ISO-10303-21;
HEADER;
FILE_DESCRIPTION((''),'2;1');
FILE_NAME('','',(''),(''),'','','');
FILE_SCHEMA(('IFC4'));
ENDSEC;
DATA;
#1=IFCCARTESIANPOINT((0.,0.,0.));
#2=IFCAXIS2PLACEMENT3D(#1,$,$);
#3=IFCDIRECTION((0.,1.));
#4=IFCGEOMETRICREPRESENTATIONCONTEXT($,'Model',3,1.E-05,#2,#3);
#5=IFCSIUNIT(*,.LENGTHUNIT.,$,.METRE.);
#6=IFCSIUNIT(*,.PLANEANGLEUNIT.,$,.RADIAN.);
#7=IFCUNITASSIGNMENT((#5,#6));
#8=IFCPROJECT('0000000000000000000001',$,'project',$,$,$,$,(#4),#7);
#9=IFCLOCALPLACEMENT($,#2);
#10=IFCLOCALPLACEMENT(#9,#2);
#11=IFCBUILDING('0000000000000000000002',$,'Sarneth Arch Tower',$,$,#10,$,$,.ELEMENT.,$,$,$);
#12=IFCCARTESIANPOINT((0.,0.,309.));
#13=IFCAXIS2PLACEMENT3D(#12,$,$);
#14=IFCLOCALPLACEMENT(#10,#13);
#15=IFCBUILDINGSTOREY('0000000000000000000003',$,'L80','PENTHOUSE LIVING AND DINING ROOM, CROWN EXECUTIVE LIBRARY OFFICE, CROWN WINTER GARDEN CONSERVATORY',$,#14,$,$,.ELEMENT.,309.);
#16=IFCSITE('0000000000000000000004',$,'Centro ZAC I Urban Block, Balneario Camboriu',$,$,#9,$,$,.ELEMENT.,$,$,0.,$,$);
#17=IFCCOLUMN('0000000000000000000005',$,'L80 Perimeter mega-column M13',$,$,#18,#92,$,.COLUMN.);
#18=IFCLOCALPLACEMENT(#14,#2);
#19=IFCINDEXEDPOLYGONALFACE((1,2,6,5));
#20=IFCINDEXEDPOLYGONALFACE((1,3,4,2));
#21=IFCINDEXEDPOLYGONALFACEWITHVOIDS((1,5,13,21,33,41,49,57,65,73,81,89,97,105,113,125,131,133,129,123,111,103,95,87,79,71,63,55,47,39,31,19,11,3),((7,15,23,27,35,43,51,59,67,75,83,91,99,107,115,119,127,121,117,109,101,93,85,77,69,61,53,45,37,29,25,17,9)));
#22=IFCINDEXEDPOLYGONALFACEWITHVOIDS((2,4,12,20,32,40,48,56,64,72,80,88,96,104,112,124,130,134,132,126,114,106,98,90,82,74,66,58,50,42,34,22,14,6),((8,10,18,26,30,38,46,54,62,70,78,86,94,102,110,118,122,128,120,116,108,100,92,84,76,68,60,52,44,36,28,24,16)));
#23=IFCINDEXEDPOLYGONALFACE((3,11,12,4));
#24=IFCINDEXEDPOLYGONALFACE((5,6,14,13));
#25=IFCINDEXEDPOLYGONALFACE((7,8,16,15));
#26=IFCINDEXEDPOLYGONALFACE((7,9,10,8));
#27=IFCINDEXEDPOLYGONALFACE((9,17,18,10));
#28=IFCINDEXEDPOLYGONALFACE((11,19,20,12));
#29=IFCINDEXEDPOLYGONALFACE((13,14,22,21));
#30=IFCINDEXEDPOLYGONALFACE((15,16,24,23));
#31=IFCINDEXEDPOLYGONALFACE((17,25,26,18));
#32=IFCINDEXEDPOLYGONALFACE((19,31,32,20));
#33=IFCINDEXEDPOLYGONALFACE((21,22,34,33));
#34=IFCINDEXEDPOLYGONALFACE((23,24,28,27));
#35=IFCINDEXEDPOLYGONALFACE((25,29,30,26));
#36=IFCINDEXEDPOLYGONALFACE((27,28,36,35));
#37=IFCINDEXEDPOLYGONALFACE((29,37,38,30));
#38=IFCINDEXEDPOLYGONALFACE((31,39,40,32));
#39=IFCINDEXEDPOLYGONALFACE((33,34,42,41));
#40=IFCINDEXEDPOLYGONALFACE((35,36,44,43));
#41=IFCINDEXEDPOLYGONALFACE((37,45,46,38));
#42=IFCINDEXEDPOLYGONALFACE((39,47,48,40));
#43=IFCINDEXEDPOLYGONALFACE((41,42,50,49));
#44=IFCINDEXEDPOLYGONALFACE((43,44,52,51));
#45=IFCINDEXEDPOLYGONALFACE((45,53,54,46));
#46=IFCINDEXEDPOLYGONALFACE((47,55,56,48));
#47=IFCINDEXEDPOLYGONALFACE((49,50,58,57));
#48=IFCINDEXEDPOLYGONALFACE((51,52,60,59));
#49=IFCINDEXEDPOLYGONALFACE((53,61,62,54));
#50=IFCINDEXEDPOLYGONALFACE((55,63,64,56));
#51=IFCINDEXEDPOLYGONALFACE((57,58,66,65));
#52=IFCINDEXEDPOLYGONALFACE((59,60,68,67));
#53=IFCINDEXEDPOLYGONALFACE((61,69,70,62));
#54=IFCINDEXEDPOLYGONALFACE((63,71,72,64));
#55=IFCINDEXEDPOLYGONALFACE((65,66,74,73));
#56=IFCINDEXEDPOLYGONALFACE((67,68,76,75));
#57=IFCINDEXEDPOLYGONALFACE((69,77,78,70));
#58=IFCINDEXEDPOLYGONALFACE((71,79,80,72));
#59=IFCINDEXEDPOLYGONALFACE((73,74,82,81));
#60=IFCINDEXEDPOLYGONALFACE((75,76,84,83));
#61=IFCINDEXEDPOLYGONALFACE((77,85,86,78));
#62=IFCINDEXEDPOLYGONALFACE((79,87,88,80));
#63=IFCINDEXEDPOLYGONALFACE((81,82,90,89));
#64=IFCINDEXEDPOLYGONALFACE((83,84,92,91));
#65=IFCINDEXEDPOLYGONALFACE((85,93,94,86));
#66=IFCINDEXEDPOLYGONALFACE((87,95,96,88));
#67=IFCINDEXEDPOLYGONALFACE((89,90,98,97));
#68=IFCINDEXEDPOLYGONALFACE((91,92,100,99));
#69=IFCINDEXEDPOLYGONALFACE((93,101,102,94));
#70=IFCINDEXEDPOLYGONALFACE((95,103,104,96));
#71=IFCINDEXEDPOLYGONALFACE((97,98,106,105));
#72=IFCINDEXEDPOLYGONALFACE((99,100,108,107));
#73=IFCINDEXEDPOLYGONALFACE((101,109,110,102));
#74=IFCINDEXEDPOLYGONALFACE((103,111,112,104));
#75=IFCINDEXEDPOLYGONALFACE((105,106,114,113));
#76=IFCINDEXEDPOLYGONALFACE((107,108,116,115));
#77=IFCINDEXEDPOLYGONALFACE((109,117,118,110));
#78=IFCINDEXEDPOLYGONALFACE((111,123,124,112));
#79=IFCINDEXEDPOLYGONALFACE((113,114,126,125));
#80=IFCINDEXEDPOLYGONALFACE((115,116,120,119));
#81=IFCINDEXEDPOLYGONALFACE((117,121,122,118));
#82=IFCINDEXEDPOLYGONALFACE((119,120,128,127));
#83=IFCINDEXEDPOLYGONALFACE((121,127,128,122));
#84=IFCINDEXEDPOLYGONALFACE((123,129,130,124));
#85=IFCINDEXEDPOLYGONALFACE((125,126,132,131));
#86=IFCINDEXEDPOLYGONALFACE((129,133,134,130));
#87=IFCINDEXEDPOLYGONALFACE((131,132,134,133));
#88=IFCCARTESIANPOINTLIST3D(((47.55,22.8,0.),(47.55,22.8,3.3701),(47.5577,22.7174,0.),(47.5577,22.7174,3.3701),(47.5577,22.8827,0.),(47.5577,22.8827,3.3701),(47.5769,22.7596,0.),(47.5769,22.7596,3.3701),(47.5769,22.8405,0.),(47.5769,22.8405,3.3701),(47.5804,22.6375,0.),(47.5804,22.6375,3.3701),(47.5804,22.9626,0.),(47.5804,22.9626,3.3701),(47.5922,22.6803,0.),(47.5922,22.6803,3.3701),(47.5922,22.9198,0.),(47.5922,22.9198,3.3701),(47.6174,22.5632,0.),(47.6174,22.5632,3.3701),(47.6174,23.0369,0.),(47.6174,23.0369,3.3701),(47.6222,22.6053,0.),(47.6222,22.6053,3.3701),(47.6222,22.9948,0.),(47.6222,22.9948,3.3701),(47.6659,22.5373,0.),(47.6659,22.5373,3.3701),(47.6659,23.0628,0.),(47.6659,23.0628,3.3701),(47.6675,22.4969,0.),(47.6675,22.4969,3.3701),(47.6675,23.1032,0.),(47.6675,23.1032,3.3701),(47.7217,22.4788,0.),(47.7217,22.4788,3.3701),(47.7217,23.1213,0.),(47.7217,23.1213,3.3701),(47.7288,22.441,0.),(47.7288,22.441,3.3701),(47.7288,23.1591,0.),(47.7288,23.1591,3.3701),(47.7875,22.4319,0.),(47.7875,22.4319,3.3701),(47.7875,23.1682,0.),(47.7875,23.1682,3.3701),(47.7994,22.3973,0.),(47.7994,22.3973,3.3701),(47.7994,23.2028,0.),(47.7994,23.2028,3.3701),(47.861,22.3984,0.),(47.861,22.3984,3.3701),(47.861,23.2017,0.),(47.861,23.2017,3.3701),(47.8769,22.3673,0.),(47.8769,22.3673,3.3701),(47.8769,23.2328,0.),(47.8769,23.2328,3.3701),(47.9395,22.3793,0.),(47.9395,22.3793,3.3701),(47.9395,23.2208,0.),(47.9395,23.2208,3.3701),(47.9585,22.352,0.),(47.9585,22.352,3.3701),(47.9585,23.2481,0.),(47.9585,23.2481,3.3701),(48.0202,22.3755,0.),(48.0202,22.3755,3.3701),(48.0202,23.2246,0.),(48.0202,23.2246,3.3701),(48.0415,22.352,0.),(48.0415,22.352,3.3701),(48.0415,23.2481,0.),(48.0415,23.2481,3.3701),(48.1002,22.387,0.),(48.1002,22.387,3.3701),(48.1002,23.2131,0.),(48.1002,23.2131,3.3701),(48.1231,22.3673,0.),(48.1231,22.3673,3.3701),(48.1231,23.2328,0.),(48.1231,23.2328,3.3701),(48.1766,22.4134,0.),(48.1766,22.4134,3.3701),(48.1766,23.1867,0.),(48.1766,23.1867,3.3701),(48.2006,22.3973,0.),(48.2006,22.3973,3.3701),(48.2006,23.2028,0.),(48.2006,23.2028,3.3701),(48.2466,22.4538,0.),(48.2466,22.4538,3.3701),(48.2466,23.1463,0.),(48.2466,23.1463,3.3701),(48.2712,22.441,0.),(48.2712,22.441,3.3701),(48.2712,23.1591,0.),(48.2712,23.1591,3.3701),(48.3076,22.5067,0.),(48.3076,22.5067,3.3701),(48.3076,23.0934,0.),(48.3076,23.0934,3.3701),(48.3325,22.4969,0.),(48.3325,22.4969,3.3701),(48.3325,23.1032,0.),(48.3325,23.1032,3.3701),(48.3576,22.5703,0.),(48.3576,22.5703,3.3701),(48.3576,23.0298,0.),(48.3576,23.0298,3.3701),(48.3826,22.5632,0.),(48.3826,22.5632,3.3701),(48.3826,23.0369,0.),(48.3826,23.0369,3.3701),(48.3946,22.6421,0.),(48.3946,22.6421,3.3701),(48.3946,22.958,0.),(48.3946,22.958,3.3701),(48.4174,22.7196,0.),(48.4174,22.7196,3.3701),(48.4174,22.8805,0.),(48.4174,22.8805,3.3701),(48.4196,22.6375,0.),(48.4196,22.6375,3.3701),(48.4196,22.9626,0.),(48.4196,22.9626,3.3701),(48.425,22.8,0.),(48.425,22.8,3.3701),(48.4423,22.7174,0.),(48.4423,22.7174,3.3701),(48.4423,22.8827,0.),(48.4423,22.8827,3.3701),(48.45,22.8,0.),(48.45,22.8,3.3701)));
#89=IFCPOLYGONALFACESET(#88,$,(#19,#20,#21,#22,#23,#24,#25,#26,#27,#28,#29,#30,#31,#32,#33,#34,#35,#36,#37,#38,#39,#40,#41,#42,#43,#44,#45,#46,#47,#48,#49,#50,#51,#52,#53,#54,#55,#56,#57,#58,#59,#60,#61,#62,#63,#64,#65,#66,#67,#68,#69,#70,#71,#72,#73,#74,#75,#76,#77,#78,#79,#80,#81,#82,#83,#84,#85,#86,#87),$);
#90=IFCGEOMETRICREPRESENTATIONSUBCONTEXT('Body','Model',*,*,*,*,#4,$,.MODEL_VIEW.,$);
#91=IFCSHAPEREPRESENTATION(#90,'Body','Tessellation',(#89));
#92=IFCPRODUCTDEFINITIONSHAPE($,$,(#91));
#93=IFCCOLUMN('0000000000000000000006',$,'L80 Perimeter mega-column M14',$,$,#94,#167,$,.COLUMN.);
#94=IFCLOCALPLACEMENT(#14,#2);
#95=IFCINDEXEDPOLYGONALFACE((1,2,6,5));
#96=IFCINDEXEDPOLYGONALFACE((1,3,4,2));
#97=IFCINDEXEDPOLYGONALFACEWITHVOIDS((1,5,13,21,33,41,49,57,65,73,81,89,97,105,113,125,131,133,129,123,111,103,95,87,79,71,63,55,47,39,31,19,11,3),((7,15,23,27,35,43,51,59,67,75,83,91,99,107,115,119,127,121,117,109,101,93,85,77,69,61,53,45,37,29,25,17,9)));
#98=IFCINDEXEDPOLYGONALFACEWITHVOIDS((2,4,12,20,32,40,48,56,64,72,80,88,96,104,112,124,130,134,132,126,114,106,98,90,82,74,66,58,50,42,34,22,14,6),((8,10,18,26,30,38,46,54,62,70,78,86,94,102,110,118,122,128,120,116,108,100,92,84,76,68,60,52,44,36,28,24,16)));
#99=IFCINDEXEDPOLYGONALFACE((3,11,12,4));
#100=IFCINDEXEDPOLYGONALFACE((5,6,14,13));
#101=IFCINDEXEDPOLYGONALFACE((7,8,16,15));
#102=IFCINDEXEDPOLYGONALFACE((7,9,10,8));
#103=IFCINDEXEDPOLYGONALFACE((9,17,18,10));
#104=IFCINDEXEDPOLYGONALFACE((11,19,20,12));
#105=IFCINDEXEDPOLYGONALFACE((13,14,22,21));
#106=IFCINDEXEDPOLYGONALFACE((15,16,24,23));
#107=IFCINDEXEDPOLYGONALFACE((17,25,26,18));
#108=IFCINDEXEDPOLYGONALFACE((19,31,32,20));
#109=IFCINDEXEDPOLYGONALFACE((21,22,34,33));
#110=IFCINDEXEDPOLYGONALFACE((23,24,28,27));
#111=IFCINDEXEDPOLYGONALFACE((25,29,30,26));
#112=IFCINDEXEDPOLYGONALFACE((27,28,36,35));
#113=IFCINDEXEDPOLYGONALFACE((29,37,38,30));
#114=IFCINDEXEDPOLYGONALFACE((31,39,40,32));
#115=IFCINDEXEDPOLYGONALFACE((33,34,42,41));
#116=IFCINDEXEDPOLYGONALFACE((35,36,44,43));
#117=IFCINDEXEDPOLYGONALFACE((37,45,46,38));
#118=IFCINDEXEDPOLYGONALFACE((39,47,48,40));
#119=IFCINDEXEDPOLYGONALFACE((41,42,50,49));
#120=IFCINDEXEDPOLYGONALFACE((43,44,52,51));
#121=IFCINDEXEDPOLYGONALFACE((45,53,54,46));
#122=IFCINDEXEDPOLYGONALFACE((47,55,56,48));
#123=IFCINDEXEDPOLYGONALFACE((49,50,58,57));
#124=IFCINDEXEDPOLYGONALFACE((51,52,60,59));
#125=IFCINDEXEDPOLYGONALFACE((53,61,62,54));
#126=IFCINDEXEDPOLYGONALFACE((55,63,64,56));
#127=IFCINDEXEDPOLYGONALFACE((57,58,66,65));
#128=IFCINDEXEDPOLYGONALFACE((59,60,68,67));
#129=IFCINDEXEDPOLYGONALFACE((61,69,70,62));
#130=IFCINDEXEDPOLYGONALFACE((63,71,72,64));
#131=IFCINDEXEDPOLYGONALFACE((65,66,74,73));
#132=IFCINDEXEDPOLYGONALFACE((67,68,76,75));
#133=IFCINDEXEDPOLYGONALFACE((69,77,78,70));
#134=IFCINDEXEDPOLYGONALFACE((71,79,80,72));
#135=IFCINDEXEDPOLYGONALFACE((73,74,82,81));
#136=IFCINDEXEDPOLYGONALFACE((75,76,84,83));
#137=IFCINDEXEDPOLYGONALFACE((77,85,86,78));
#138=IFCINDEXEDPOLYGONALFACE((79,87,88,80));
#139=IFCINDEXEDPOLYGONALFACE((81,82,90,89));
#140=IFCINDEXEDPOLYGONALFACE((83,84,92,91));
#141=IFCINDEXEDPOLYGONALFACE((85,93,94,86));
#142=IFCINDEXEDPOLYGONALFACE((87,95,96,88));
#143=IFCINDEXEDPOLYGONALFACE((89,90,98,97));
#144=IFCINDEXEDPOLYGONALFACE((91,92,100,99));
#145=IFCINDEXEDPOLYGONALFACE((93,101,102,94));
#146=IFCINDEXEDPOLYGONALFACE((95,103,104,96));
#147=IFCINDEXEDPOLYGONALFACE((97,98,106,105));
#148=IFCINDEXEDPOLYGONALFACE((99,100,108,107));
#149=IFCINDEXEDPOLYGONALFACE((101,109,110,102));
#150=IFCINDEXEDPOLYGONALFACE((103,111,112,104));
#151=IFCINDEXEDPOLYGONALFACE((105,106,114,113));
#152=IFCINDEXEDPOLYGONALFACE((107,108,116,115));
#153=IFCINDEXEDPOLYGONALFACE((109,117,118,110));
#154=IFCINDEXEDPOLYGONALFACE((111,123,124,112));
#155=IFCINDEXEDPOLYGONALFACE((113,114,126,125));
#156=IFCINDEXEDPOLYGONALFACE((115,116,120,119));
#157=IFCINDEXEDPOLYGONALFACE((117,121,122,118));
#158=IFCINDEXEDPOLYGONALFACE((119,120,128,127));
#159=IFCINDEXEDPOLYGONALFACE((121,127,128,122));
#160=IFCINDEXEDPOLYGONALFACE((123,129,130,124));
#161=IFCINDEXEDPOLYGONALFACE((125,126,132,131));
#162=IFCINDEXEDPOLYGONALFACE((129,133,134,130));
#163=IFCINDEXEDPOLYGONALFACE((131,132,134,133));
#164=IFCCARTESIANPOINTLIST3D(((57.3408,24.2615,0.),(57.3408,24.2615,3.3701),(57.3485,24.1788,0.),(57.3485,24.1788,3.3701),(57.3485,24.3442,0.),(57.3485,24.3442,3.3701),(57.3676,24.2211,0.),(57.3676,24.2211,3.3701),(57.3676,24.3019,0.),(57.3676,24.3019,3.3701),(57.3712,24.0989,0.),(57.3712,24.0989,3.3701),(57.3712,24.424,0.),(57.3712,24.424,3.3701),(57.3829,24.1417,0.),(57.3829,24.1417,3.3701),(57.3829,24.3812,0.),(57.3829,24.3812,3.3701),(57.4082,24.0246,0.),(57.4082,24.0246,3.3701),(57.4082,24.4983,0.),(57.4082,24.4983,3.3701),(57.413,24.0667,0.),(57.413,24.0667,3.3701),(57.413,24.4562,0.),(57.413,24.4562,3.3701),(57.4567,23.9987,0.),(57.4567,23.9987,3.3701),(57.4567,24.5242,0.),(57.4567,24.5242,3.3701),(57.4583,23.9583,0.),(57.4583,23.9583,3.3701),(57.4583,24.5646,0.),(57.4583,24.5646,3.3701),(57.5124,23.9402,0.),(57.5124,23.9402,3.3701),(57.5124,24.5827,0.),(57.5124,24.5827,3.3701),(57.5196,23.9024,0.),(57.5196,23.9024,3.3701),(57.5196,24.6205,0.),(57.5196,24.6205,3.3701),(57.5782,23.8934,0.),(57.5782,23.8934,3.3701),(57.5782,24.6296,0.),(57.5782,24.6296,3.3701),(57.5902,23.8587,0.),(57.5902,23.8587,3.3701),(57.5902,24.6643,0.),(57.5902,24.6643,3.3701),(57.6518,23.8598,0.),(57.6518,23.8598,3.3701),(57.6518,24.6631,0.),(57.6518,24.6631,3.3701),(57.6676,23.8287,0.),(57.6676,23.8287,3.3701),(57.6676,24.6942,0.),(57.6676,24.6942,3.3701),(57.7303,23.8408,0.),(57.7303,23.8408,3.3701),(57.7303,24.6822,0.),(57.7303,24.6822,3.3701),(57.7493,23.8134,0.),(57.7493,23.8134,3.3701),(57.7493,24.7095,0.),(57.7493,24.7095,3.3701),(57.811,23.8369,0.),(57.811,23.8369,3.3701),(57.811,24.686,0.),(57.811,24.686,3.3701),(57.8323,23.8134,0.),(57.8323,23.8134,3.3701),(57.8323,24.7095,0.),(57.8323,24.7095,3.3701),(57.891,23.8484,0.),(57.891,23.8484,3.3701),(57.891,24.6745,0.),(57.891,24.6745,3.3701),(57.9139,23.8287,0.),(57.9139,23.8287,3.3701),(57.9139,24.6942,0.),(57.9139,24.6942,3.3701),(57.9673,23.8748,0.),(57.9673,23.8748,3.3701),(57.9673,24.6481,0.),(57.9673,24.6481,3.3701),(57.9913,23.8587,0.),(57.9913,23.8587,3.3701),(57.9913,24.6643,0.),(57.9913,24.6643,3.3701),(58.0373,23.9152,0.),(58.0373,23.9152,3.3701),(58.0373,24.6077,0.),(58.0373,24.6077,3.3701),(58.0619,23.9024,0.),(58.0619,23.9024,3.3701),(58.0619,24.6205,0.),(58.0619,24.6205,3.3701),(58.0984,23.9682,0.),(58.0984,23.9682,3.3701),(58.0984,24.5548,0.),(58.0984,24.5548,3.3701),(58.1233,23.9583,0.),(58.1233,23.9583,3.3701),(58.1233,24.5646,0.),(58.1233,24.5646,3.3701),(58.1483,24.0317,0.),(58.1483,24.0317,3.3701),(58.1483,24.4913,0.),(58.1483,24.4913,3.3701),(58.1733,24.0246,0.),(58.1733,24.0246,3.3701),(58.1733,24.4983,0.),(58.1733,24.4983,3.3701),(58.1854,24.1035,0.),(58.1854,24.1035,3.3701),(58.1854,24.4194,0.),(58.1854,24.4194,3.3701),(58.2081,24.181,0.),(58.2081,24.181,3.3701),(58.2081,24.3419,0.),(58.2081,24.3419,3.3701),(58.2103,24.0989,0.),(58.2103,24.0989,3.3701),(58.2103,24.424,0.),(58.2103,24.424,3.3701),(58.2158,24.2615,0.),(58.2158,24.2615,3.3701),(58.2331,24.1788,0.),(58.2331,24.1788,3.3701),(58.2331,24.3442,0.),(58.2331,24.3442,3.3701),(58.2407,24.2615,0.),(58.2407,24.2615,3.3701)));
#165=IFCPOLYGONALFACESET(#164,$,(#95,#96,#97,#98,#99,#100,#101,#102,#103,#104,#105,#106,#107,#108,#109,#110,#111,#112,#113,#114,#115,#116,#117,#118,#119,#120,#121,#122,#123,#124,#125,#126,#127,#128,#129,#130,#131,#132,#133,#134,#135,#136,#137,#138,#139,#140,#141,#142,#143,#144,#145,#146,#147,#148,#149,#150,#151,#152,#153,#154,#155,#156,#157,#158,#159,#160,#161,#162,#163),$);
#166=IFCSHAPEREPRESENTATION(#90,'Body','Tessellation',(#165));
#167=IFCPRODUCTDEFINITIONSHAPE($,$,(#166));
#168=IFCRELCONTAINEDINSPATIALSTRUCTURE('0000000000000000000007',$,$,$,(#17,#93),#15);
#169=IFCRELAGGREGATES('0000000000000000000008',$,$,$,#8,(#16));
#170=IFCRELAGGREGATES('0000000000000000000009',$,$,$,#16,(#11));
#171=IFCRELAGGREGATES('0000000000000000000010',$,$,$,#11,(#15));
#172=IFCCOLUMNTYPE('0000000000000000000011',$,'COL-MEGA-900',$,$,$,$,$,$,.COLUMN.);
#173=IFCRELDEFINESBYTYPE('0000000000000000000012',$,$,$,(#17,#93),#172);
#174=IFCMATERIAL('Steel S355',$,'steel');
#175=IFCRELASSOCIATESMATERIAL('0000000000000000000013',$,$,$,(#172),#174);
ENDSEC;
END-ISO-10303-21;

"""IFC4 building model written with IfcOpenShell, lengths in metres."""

from ifc_helpers import new_model, si_unit, direction, frame, origin, origin_2d, place, context, subcontext, project, spatial, hollow_circle, extrude, material, material_profile, profile_set, type_object, element, save


model = new_model("IFC4")

# Units and contexts
model_context = context("Model", 3, precision=1e-05, world=origin(), true_north=direction((0.0, 1.0)))
body_context = subcontext(model_context, "Body", "Model", "MODEL_VIEW")
ifc_project = project(units=[si_unit("LENGTHUNIT", "METRE"), si_unit("PLANEANGLEUNIT", "RADIAN")], contexts=[model_context])

# Site, building, storey
site_placement = place(None, origin())
site = spatial("IfcSite", under=ifc_project, at=site_placement, Name="Centro ZAC I Urban Block, Balneario Camboriu", CompositionType="ELEMENT", RefElevation=0.0)
building_placement = place(site_placement, origin())
building = spatial("IfcBuilding", under=site, at=building_placement, Name="Sarneth Arch Tower", CompositionType="ELEMENT")
storey_placement = place(building_placement, frame((0.0, 0.0, 309.0)))
storey = spatial("IfcBuildingStorey", under=building, at=storey_placement, Name="L80", Description="PENTHOUSE LIVING AND DINING ROOM, CROWN EXECUTIVE LIBRARY OFFICE, CROWN WINTER GARDEN CONSERVATORY", CompositionType="ELEMENT", Elevation=309.0)

# Columns
ifc_material_1 = material(Name="Steel S355", Category="steel")
ifc_material_profile_1 = material_profile(ifc_material_1, hollow_circle(Radius=0.45, WallThickness=0.0249, at=origin_2d()), Name="CHS900x25")
ifc_profile_set_1 = profile_set([ifc_material_profile_1], Name="Steel S355")
column_type = type_object("IfcColumnType", Name="COL-MEGA-900", PredefinedType="COLUMN", material=ifc_profile_set_1)
for number, where, z_axis, x_axis, name in (
    (1, (48.0, 22.8, 0.0), (0.0, 0.0, 1.0), (1.0, 0.0, 0.0), "L80 Perimeter mega-column M13"),
    (2, (57.7908, 24.2615, 0.0), (0.0, 0.0, 1.0), (1.0, 0.0, 0.0), "L80 Perimeter mega-column M14"),
):
    element("IfcColumn", number, at=place(storey_placement, frame(where, z_axis=z_axis, x_axis=x_axis)), inside=storey, type_object=column_type, Name=name, PredefinedType="COLUMN", context=body_context, shape_type="SweptSolid", body=[
        extrude(hollow_circle(Radius=0.45, WallThickness=0.0249, at=origin_2d()), origin(), (0.0, 0.0, 1.0), 3.3701),
    ])

save(model, "model.ifc")
